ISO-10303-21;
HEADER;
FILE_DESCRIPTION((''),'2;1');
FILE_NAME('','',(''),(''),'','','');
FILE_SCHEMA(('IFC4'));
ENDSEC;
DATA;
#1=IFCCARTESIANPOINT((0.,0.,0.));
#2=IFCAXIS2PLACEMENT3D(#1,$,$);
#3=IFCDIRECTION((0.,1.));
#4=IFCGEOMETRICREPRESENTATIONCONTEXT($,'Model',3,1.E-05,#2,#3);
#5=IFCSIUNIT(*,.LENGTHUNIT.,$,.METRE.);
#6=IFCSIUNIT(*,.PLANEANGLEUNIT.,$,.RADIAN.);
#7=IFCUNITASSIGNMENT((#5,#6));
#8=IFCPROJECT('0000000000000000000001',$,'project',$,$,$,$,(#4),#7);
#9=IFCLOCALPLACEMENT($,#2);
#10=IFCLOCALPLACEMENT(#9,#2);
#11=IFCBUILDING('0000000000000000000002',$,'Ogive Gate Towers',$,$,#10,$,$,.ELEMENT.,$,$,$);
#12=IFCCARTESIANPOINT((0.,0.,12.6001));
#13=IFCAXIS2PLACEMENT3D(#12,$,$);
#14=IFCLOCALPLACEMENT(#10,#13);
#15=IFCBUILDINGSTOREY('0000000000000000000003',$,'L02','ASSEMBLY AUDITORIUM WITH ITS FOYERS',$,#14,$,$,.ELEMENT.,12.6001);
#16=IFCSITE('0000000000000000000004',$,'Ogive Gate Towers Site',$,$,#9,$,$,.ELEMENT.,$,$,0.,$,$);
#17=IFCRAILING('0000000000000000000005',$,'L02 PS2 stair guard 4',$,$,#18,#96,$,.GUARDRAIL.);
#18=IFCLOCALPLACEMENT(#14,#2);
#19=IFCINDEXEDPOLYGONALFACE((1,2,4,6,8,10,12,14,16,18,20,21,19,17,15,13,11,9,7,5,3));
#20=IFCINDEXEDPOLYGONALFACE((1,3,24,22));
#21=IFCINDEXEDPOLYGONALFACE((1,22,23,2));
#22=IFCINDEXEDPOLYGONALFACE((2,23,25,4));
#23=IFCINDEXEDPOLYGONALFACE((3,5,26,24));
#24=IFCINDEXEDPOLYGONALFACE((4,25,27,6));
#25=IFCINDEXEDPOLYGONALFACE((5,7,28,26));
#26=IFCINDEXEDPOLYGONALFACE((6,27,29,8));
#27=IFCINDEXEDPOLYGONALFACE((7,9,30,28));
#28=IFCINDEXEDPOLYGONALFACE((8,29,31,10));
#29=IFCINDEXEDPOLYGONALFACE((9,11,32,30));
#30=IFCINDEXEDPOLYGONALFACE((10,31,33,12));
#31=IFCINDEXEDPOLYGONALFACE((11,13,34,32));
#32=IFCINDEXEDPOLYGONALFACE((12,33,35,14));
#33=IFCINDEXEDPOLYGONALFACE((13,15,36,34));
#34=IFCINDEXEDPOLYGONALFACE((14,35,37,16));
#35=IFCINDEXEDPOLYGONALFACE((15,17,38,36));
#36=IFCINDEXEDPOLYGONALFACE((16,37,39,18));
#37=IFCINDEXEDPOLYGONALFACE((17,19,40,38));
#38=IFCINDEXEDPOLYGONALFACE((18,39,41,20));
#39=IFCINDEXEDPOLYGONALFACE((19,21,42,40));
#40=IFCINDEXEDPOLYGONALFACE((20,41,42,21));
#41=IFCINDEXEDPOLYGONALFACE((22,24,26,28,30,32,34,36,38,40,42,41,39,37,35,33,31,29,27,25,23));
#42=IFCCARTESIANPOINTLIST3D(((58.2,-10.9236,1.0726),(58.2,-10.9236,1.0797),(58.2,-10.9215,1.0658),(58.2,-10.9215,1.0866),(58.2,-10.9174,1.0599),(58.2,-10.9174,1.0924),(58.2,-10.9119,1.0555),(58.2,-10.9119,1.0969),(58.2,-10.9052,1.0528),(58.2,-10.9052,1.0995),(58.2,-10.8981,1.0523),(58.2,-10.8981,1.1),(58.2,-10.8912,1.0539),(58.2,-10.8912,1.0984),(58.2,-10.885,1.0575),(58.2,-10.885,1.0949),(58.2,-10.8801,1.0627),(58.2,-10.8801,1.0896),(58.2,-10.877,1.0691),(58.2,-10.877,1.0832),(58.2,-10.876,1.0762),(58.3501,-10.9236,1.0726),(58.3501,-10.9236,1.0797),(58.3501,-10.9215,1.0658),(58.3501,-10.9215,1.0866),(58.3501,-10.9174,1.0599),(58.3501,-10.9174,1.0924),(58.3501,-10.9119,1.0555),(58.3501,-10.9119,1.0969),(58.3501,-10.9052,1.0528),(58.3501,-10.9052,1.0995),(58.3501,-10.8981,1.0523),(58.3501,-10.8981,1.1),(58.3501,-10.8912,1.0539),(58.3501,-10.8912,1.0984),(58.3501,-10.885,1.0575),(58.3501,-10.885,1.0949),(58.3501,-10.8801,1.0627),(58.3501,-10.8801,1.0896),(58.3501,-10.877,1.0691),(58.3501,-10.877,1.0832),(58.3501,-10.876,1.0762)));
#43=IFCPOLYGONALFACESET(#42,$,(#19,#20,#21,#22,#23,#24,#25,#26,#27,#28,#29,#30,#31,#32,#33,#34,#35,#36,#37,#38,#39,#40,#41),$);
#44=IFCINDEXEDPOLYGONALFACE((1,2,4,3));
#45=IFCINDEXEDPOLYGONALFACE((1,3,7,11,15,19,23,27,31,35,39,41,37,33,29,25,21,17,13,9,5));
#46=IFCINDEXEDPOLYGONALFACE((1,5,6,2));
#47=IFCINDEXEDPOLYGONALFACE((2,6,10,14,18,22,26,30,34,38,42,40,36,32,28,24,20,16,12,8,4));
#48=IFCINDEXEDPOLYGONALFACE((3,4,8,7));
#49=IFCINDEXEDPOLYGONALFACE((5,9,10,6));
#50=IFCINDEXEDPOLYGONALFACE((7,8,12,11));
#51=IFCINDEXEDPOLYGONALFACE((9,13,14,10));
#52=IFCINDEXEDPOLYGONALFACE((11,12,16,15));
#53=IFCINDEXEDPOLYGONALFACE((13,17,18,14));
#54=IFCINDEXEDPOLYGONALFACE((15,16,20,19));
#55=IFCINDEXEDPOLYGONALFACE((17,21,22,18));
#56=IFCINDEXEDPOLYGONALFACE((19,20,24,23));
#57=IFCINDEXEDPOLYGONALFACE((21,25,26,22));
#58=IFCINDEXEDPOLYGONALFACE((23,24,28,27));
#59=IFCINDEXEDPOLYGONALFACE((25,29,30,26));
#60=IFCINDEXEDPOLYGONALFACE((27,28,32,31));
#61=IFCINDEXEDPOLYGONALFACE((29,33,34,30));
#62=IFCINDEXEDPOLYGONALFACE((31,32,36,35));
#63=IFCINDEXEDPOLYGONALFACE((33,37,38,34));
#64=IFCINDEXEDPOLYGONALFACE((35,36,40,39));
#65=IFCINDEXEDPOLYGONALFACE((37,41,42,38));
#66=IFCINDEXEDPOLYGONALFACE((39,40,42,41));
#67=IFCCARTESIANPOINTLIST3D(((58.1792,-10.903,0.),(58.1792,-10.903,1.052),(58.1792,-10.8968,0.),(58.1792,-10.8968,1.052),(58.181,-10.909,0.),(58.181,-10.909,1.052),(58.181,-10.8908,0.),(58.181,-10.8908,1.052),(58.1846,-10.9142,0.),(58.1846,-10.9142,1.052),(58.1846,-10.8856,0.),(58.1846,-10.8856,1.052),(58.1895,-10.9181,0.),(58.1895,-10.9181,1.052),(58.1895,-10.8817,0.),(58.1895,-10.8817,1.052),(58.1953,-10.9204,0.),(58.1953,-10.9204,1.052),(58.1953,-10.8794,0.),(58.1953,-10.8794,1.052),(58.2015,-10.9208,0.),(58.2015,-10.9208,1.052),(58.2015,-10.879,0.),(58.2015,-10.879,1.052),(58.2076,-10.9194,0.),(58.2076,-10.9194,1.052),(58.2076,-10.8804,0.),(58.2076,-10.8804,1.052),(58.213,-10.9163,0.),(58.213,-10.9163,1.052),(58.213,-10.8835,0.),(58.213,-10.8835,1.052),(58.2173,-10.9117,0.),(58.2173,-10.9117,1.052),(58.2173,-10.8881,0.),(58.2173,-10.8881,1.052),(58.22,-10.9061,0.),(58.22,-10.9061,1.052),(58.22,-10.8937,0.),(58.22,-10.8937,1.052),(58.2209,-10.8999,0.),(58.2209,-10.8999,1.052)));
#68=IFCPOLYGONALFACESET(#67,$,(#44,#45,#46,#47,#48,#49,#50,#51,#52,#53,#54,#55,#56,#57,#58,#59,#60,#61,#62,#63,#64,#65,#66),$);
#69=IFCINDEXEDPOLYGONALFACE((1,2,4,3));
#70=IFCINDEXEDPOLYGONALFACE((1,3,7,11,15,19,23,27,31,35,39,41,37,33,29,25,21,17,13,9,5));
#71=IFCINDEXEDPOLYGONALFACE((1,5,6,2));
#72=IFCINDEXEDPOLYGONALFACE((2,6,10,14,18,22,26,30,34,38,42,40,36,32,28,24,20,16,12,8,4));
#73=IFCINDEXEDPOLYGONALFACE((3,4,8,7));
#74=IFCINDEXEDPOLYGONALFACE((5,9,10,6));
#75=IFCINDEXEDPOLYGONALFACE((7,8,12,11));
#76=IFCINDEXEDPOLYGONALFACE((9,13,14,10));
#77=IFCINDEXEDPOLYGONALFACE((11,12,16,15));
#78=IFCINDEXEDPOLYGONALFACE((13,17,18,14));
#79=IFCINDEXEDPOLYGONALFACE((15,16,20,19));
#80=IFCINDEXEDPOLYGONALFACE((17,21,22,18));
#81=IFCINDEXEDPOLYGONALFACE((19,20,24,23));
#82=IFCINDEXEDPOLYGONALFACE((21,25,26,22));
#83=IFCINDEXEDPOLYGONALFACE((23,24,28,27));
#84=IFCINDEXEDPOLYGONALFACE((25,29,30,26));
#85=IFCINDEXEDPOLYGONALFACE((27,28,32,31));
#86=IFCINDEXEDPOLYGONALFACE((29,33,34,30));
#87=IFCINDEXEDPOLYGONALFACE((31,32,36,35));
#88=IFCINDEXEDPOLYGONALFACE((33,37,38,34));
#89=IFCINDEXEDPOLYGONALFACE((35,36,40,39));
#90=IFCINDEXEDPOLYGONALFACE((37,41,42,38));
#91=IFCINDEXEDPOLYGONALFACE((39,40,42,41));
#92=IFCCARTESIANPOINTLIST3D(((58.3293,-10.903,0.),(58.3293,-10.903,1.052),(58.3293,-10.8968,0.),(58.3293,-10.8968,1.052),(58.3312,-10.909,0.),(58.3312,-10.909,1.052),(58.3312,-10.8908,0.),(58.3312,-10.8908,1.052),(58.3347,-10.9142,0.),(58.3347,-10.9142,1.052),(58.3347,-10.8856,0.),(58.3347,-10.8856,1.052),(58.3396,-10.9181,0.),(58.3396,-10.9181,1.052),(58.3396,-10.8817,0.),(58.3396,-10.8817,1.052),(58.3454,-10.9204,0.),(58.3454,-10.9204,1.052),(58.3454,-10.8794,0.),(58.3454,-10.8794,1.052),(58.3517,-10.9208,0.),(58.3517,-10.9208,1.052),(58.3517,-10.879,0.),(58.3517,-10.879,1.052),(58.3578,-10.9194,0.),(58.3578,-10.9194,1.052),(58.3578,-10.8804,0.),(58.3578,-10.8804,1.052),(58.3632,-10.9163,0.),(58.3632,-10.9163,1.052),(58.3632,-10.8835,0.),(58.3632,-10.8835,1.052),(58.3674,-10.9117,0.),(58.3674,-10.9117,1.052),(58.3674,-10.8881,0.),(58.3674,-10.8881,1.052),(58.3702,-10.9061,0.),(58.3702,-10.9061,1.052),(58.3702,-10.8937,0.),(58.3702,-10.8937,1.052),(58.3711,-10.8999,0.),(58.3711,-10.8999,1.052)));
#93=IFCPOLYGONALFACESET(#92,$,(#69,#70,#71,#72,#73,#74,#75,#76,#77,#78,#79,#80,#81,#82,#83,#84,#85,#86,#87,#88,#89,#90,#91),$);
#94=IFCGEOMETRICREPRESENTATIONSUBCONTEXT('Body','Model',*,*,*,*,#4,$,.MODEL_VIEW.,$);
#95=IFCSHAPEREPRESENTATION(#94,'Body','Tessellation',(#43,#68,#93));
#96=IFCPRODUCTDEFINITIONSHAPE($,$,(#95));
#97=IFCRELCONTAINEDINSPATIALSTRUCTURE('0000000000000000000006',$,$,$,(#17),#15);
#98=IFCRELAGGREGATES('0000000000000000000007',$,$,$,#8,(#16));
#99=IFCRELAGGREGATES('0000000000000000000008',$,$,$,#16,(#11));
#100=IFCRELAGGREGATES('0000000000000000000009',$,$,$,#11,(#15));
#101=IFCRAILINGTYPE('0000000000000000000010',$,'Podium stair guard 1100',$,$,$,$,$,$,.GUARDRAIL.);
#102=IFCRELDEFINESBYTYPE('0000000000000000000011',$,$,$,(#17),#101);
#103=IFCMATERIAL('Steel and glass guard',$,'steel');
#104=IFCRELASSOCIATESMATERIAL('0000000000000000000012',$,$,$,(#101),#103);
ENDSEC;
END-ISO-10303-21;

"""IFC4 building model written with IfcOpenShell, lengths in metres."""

from ifc_helpers import new_model, si_unit, direction, frame, origin, origin_2d, place, context, subcontext, project, spatial, circle, extrude, material, type_object, element, save


model = new_model("IFC4")

# Units and contexts
model_context = context("Model", 3, precision=1e-05, world=origin(), true_north=direction((0.0, 1.0)))
body_context = subcontext(model_context, "Body", "Model", "MODEL_VIEW")
ifc_project = project(units=[si_unit("LENGTHUNIT", "METRE"), si_unit("PLANEANGLEUNIT", "RADIAN")], contexts=[model_context])

# Site, building, storey
site_placement = place(None, origin())
site = spatial("IfcSite", under=ifc_project, at=site_placement, Name="Ogive Gate Towers Site", CompositionType="ELEMENT", RefElevation=0.0)
building_placement = place(site_placement, origin())
building = spatial("IfcBuilding", under=site, at=building_placement, Name="Ogive Gate Towers", CompositionType="ELEMENT")
storey_placement = place(building_placement, frame((0.0, 0.0, 12.6001)))
storey = spatial("IfcBuildingStorey", under=building, at=storey_placement, Name="L02", Description="ASSEMBLY AUDITORIUM WITH ITS FOYERS", CompositionType="ELEMENT", Elevation=12.6001)

# Railing
ifc_material_1 = material(Name="Steel and glass guard", Category="steel")
railing_type_1 = type_object("IfcRailingType", Name="Podium stair guard 1100", PredefinedType="GUARDRAIL", material=ifc_material_1)
railing_1_placement = place(storey_placement, frame((58.2, -10.8999, 0.0)))
element("IfcRailing", 1, at=railing_1_placement, inside=storey, type_object=railing_type_1, Name="L02 PS2 stair guard 4", PredefinedType="GUARDRAIL", context=body_context, shape_type="SweptSolid", body=[
    extrude(circle(Radius=0.0239, at=origin_2d()), frame((0.0, 0.0, 1.0762), z_axis=(1.0, 0.0, 0.0), x_axis=(0.0, 1.0, 0.0)), (0.0, 0.0, 1.0), 0.1501),
    extrude(circle(Radius=0.021, at=origin_2d()), origin(), (0.0, 0.0, 1.0), 1.052),
    extrude(circle(Radius=0.021, at=origin_2d()), frame((0.1501, 0.0, 0.0)), (0.0, 0.0, 1.0), 1.052),
])

save(model, "model.ifc")
